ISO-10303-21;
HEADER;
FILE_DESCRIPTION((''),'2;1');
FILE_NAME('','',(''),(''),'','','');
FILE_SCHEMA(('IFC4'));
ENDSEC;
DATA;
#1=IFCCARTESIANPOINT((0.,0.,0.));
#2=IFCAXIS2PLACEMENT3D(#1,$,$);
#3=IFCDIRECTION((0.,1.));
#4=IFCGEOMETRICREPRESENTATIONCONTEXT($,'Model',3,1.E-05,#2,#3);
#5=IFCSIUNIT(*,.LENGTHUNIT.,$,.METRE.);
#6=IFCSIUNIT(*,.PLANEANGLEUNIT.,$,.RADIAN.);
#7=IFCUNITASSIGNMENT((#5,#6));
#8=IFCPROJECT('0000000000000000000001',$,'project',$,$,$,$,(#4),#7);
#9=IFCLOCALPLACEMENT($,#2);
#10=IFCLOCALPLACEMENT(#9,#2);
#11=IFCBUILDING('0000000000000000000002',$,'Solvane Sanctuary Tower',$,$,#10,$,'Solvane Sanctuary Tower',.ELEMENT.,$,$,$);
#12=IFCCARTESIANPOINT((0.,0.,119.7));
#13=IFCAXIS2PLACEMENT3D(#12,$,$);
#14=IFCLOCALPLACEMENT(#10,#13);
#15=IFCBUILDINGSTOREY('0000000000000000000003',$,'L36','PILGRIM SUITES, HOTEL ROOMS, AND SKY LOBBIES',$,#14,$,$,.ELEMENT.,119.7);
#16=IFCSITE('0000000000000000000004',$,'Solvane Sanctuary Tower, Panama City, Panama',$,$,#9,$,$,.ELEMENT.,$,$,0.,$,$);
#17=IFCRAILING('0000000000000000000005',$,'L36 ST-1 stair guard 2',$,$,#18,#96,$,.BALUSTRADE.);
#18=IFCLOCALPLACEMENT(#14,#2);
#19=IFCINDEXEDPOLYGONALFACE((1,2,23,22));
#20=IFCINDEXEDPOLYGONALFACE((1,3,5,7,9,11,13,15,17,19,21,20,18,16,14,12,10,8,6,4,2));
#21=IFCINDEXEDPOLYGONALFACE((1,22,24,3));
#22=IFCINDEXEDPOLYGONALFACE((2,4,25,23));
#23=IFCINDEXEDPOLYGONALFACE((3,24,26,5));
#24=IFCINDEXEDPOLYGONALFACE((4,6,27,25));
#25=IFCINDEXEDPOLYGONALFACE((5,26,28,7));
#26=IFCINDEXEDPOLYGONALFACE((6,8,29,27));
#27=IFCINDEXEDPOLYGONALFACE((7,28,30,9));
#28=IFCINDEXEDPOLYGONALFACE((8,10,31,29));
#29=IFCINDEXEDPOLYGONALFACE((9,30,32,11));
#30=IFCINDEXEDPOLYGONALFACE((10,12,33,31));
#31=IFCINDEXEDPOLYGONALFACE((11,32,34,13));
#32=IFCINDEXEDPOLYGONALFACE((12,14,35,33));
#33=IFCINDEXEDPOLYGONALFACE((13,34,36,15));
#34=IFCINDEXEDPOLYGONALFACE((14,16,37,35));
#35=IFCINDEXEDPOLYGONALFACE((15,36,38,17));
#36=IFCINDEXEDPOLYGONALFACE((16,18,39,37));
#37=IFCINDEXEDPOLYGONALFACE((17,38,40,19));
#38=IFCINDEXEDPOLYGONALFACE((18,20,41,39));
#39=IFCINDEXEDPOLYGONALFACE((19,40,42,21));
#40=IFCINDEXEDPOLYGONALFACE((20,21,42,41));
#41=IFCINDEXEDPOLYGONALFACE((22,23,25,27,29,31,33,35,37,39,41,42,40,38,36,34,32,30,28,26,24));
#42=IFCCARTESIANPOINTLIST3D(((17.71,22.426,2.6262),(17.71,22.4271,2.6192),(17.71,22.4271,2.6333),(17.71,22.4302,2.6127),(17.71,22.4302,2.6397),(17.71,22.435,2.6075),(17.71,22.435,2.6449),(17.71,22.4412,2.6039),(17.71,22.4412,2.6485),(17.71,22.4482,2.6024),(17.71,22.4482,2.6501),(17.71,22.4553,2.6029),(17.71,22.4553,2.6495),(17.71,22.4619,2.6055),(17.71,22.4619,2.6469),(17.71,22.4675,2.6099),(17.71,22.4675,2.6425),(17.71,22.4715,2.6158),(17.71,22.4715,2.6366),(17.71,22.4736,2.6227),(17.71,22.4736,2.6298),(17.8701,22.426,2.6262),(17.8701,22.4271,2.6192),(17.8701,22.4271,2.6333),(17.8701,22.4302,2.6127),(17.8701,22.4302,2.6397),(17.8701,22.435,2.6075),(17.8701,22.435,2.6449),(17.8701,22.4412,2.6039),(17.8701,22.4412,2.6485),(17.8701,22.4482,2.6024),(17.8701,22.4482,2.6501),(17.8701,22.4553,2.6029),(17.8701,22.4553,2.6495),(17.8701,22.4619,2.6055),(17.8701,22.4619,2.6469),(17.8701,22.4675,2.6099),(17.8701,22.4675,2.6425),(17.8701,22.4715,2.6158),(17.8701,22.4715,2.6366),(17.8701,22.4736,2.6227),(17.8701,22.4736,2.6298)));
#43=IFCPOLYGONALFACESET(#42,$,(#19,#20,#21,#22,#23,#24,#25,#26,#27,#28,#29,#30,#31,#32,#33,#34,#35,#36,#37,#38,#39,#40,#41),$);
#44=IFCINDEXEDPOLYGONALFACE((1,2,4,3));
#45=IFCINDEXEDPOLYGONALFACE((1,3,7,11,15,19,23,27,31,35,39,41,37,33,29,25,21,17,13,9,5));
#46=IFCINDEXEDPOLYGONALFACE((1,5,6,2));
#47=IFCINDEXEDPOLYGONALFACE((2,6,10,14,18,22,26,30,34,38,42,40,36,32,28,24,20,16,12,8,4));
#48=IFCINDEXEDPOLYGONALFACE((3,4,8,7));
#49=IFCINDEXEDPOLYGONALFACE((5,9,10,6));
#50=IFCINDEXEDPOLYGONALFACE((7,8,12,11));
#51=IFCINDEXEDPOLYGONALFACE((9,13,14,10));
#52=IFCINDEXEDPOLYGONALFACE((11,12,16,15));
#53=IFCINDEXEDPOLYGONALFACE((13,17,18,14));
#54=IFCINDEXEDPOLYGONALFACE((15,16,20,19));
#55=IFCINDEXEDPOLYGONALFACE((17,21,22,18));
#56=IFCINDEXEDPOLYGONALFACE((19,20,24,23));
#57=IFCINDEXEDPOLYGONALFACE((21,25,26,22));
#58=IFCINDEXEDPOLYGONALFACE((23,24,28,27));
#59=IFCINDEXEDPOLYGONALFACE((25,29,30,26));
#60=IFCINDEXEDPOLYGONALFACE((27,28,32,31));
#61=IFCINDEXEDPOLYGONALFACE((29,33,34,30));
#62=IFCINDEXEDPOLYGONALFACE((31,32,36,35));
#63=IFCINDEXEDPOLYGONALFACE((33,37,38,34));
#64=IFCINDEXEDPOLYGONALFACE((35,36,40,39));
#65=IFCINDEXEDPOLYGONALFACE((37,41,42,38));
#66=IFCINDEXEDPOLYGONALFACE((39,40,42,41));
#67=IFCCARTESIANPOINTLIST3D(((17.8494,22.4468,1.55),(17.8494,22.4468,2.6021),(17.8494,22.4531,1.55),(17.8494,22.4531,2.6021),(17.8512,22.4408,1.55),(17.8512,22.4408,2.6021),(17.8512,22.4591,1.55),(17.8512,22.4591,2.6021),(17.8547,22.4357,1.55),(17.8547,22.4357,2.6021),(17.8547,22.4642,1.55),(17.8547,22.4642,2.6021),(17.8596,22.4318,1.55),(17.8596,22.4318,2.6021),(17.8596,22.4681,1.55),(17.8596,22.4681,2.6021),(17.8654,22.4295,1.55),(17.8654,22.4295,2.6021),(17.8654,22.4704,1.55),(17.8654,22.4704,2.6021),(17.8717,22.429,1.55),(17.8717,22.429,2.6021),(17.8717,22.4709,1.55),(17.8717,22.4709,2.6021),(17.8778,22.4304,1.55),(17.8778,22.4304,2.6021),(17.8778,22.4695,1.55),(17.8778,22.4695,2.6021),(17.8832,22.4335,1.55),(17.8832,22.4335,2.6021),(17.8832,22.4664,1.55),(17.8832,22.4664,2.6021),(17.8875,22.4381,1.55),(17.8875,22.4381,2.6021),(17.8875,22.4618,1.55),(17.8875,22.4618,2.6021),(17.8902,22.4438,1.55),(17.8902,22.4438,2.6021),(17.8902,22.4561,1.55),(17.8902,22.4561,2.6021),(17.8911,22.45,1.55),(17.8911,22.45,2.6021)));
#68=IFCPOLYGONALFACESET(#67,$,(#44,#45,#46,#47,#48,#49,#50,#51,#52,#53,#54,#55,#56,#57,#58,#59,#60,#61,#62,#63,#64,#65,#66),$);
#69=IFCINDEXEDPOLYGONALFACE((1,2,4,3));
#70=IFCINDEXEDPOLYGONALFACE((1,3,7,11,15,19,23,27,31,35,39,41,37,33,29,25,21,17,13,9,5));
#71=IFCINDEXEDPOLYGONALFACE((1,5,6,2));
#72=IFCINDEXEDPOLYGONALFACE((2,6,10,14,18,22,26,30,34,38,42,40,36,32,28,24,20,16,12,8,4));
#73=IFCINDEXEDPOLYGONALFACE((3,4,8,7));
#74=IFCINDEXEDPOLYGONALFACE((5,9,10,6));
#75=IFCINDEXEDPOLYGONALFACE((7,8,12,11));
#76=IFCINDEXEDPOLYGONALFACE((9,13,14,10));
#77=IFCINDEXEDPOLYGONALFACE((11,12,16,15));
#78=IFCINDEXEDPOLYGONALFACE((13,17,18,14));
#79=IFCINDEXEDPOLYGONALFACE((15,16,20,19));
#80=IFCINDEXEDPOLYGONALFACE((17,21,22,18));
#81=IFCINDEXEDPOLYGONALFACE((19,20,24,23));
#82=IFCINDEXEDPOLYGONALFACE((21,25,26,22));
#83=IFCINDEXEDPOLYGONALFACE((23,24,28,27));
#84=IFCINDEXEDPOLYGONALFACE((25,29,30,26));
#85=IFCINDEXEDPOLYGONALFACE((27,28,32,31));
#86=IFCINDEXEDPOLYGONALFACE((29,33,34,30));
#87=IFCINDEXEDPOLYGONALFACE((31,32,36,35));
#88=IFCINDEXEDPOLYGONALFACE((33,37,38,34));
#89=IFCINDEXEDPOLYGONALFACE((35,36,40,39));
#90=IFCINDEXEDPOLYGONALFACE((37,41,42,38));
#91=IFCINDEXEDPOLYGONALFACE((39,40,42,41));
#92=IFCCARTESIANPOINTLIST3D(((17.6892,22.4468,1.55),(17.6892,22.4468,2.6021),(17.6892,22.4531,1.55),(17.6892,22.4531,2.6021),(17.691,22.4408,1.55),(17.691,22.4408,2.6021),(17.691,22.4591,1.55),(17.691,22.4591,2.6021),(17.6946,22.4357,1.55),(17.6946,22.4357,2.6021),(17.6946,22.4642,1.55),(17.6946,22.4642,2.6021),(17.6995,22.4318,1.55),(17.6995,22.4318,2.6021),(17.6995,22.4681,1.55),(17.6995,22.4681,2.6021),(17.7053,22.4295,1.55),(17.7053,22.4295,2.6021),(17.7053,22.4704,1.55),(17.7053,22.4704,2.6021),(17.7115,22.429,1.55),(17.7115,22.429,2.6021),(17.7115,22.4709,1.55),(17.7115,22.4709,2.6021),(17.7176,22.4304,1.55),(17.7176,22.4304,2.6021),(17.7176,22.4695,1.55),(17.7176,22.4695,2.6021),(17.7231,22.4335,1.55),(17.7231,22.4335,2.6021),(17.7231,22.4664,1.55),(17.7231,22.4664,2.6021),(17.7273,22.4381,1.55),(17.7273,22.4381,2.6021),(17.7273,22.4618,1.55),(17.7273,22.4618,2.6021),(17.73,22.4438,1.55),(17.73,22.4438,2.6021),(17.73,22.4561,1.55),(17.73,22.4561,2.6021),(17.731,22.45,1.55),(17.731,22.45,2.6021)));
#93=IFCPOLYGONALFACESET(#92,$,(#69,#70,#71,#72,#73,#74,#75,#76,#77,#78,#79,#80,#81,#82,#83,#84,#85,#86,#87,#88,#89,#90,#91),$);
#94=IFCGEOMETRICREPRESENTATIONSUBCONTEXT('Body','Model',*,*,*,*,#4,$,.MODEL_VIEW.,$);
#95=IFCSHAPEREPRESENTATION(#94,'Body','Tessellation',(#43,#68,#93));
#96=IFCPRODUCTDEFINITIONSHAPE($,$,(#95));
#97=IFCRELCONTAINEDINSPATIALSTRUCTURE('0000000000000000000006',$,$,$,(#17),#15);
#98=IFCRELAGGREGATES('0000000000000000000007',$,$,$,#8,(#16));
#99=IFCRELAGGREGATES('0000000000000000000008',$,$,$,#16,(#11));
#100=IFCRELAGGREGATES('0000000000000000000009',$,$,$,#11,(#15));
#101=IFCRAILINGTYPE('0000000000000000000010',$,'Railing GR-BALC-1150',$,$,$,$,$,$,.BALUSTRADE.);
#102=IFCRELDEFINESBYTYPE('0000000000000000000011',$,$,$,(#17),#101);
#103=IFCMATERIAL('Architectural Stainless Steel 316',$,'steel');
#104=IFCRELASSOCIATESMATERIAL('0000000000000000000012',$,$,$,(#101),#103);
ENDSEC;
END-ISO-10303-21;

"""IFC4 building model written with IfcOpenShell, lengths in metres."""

from ifc_helpers import new_model, si_unit, direction, frame, origin, origin_2d, place, context, subcontext, project, spatial, circle, extrude, material, type_object, element, save


model = new_model("IFC4")

# Units and contexts
model_context = context("Model", 3, precision=1e-05, world=origin(), true_north=direction((0.0, 1.0)))
body_context = subcontext(model_context, "Body", "Model", "MODEL_VIEW")
ifc_project = project(units=[si_unit("LENGTHUNIT", "METRE"), si_unit("PLANEANGLEUNIT", "RADIAN")], contexts=[model_context])

# Site, building, storey
site_placement = place(None, origin())
site = spatial("IfcSite", under=ifc_project, at=site_placement, Name="Solvane Sanctuary Tower, Panama City, Panama", CompositionType="ELEMENT", RefElevation=0.0)
building_placement = place(site_placement, origin())
building = spatial("IfcBuilding", under=site, at=building_placement, Name="Solvane Sanctuary Tower", LongName="Solvane Sanctuary Tower", CompositionType="ELEMENT")
storey_placement = place(building_placement, frame((0.0, 0.0, 119.7)))
storey = spatial("IfcBuildingStorey", under=building, at=storey_placement, Name="L36", Description="PILGRIM SUITES, HOTEL ROOMS, AND SKY LOBBIES", CompositionType="ELEMENT", Elevation=119.7)

# Shared definitions
ifc_material_1 = material(Name="Architectural Stainless Steel 316", Category="steel")

# Railing
railing_type_1 = type_object("IfcRailingType", Name="Railing GR-BALC-1150", PredefinedType="BALUSTRADE", material=ifc_material_1)
railing_1_placement = place(storey_placement, frame((17.8701, 22.45, 1.55)))
element("IfcRailing", 1, at=railing_1_placement, inside=storey, type_object=railing_type_1, Name="L36 ST-1 stair guard 2", PredefinedType="BALUSTRADE", context=body_context, shape_type="SweptSolid", body=[
    extrude(circle(Radius=0.0239, at=origin_2d()), frame((0.0, 0.0, 1.0762), z_axis=(-1.0, 0.0, 0.0), x_axis=(0.0, -1.0, 0.0)), (0.0, 0.0, 1.0), 0.1602),
    extrude(circle(Radius=0.021, at=origin_2d()), origin(), (0.0, 0.0, 1.0), 1.052),
    extrude(circle(Radius=0.021, at=origin_2d()), frame((-0.1602, 0.0, 0.0)), (0.0, 0.0, 1.0), 1.052),
])

save(model, "model.ifc")
